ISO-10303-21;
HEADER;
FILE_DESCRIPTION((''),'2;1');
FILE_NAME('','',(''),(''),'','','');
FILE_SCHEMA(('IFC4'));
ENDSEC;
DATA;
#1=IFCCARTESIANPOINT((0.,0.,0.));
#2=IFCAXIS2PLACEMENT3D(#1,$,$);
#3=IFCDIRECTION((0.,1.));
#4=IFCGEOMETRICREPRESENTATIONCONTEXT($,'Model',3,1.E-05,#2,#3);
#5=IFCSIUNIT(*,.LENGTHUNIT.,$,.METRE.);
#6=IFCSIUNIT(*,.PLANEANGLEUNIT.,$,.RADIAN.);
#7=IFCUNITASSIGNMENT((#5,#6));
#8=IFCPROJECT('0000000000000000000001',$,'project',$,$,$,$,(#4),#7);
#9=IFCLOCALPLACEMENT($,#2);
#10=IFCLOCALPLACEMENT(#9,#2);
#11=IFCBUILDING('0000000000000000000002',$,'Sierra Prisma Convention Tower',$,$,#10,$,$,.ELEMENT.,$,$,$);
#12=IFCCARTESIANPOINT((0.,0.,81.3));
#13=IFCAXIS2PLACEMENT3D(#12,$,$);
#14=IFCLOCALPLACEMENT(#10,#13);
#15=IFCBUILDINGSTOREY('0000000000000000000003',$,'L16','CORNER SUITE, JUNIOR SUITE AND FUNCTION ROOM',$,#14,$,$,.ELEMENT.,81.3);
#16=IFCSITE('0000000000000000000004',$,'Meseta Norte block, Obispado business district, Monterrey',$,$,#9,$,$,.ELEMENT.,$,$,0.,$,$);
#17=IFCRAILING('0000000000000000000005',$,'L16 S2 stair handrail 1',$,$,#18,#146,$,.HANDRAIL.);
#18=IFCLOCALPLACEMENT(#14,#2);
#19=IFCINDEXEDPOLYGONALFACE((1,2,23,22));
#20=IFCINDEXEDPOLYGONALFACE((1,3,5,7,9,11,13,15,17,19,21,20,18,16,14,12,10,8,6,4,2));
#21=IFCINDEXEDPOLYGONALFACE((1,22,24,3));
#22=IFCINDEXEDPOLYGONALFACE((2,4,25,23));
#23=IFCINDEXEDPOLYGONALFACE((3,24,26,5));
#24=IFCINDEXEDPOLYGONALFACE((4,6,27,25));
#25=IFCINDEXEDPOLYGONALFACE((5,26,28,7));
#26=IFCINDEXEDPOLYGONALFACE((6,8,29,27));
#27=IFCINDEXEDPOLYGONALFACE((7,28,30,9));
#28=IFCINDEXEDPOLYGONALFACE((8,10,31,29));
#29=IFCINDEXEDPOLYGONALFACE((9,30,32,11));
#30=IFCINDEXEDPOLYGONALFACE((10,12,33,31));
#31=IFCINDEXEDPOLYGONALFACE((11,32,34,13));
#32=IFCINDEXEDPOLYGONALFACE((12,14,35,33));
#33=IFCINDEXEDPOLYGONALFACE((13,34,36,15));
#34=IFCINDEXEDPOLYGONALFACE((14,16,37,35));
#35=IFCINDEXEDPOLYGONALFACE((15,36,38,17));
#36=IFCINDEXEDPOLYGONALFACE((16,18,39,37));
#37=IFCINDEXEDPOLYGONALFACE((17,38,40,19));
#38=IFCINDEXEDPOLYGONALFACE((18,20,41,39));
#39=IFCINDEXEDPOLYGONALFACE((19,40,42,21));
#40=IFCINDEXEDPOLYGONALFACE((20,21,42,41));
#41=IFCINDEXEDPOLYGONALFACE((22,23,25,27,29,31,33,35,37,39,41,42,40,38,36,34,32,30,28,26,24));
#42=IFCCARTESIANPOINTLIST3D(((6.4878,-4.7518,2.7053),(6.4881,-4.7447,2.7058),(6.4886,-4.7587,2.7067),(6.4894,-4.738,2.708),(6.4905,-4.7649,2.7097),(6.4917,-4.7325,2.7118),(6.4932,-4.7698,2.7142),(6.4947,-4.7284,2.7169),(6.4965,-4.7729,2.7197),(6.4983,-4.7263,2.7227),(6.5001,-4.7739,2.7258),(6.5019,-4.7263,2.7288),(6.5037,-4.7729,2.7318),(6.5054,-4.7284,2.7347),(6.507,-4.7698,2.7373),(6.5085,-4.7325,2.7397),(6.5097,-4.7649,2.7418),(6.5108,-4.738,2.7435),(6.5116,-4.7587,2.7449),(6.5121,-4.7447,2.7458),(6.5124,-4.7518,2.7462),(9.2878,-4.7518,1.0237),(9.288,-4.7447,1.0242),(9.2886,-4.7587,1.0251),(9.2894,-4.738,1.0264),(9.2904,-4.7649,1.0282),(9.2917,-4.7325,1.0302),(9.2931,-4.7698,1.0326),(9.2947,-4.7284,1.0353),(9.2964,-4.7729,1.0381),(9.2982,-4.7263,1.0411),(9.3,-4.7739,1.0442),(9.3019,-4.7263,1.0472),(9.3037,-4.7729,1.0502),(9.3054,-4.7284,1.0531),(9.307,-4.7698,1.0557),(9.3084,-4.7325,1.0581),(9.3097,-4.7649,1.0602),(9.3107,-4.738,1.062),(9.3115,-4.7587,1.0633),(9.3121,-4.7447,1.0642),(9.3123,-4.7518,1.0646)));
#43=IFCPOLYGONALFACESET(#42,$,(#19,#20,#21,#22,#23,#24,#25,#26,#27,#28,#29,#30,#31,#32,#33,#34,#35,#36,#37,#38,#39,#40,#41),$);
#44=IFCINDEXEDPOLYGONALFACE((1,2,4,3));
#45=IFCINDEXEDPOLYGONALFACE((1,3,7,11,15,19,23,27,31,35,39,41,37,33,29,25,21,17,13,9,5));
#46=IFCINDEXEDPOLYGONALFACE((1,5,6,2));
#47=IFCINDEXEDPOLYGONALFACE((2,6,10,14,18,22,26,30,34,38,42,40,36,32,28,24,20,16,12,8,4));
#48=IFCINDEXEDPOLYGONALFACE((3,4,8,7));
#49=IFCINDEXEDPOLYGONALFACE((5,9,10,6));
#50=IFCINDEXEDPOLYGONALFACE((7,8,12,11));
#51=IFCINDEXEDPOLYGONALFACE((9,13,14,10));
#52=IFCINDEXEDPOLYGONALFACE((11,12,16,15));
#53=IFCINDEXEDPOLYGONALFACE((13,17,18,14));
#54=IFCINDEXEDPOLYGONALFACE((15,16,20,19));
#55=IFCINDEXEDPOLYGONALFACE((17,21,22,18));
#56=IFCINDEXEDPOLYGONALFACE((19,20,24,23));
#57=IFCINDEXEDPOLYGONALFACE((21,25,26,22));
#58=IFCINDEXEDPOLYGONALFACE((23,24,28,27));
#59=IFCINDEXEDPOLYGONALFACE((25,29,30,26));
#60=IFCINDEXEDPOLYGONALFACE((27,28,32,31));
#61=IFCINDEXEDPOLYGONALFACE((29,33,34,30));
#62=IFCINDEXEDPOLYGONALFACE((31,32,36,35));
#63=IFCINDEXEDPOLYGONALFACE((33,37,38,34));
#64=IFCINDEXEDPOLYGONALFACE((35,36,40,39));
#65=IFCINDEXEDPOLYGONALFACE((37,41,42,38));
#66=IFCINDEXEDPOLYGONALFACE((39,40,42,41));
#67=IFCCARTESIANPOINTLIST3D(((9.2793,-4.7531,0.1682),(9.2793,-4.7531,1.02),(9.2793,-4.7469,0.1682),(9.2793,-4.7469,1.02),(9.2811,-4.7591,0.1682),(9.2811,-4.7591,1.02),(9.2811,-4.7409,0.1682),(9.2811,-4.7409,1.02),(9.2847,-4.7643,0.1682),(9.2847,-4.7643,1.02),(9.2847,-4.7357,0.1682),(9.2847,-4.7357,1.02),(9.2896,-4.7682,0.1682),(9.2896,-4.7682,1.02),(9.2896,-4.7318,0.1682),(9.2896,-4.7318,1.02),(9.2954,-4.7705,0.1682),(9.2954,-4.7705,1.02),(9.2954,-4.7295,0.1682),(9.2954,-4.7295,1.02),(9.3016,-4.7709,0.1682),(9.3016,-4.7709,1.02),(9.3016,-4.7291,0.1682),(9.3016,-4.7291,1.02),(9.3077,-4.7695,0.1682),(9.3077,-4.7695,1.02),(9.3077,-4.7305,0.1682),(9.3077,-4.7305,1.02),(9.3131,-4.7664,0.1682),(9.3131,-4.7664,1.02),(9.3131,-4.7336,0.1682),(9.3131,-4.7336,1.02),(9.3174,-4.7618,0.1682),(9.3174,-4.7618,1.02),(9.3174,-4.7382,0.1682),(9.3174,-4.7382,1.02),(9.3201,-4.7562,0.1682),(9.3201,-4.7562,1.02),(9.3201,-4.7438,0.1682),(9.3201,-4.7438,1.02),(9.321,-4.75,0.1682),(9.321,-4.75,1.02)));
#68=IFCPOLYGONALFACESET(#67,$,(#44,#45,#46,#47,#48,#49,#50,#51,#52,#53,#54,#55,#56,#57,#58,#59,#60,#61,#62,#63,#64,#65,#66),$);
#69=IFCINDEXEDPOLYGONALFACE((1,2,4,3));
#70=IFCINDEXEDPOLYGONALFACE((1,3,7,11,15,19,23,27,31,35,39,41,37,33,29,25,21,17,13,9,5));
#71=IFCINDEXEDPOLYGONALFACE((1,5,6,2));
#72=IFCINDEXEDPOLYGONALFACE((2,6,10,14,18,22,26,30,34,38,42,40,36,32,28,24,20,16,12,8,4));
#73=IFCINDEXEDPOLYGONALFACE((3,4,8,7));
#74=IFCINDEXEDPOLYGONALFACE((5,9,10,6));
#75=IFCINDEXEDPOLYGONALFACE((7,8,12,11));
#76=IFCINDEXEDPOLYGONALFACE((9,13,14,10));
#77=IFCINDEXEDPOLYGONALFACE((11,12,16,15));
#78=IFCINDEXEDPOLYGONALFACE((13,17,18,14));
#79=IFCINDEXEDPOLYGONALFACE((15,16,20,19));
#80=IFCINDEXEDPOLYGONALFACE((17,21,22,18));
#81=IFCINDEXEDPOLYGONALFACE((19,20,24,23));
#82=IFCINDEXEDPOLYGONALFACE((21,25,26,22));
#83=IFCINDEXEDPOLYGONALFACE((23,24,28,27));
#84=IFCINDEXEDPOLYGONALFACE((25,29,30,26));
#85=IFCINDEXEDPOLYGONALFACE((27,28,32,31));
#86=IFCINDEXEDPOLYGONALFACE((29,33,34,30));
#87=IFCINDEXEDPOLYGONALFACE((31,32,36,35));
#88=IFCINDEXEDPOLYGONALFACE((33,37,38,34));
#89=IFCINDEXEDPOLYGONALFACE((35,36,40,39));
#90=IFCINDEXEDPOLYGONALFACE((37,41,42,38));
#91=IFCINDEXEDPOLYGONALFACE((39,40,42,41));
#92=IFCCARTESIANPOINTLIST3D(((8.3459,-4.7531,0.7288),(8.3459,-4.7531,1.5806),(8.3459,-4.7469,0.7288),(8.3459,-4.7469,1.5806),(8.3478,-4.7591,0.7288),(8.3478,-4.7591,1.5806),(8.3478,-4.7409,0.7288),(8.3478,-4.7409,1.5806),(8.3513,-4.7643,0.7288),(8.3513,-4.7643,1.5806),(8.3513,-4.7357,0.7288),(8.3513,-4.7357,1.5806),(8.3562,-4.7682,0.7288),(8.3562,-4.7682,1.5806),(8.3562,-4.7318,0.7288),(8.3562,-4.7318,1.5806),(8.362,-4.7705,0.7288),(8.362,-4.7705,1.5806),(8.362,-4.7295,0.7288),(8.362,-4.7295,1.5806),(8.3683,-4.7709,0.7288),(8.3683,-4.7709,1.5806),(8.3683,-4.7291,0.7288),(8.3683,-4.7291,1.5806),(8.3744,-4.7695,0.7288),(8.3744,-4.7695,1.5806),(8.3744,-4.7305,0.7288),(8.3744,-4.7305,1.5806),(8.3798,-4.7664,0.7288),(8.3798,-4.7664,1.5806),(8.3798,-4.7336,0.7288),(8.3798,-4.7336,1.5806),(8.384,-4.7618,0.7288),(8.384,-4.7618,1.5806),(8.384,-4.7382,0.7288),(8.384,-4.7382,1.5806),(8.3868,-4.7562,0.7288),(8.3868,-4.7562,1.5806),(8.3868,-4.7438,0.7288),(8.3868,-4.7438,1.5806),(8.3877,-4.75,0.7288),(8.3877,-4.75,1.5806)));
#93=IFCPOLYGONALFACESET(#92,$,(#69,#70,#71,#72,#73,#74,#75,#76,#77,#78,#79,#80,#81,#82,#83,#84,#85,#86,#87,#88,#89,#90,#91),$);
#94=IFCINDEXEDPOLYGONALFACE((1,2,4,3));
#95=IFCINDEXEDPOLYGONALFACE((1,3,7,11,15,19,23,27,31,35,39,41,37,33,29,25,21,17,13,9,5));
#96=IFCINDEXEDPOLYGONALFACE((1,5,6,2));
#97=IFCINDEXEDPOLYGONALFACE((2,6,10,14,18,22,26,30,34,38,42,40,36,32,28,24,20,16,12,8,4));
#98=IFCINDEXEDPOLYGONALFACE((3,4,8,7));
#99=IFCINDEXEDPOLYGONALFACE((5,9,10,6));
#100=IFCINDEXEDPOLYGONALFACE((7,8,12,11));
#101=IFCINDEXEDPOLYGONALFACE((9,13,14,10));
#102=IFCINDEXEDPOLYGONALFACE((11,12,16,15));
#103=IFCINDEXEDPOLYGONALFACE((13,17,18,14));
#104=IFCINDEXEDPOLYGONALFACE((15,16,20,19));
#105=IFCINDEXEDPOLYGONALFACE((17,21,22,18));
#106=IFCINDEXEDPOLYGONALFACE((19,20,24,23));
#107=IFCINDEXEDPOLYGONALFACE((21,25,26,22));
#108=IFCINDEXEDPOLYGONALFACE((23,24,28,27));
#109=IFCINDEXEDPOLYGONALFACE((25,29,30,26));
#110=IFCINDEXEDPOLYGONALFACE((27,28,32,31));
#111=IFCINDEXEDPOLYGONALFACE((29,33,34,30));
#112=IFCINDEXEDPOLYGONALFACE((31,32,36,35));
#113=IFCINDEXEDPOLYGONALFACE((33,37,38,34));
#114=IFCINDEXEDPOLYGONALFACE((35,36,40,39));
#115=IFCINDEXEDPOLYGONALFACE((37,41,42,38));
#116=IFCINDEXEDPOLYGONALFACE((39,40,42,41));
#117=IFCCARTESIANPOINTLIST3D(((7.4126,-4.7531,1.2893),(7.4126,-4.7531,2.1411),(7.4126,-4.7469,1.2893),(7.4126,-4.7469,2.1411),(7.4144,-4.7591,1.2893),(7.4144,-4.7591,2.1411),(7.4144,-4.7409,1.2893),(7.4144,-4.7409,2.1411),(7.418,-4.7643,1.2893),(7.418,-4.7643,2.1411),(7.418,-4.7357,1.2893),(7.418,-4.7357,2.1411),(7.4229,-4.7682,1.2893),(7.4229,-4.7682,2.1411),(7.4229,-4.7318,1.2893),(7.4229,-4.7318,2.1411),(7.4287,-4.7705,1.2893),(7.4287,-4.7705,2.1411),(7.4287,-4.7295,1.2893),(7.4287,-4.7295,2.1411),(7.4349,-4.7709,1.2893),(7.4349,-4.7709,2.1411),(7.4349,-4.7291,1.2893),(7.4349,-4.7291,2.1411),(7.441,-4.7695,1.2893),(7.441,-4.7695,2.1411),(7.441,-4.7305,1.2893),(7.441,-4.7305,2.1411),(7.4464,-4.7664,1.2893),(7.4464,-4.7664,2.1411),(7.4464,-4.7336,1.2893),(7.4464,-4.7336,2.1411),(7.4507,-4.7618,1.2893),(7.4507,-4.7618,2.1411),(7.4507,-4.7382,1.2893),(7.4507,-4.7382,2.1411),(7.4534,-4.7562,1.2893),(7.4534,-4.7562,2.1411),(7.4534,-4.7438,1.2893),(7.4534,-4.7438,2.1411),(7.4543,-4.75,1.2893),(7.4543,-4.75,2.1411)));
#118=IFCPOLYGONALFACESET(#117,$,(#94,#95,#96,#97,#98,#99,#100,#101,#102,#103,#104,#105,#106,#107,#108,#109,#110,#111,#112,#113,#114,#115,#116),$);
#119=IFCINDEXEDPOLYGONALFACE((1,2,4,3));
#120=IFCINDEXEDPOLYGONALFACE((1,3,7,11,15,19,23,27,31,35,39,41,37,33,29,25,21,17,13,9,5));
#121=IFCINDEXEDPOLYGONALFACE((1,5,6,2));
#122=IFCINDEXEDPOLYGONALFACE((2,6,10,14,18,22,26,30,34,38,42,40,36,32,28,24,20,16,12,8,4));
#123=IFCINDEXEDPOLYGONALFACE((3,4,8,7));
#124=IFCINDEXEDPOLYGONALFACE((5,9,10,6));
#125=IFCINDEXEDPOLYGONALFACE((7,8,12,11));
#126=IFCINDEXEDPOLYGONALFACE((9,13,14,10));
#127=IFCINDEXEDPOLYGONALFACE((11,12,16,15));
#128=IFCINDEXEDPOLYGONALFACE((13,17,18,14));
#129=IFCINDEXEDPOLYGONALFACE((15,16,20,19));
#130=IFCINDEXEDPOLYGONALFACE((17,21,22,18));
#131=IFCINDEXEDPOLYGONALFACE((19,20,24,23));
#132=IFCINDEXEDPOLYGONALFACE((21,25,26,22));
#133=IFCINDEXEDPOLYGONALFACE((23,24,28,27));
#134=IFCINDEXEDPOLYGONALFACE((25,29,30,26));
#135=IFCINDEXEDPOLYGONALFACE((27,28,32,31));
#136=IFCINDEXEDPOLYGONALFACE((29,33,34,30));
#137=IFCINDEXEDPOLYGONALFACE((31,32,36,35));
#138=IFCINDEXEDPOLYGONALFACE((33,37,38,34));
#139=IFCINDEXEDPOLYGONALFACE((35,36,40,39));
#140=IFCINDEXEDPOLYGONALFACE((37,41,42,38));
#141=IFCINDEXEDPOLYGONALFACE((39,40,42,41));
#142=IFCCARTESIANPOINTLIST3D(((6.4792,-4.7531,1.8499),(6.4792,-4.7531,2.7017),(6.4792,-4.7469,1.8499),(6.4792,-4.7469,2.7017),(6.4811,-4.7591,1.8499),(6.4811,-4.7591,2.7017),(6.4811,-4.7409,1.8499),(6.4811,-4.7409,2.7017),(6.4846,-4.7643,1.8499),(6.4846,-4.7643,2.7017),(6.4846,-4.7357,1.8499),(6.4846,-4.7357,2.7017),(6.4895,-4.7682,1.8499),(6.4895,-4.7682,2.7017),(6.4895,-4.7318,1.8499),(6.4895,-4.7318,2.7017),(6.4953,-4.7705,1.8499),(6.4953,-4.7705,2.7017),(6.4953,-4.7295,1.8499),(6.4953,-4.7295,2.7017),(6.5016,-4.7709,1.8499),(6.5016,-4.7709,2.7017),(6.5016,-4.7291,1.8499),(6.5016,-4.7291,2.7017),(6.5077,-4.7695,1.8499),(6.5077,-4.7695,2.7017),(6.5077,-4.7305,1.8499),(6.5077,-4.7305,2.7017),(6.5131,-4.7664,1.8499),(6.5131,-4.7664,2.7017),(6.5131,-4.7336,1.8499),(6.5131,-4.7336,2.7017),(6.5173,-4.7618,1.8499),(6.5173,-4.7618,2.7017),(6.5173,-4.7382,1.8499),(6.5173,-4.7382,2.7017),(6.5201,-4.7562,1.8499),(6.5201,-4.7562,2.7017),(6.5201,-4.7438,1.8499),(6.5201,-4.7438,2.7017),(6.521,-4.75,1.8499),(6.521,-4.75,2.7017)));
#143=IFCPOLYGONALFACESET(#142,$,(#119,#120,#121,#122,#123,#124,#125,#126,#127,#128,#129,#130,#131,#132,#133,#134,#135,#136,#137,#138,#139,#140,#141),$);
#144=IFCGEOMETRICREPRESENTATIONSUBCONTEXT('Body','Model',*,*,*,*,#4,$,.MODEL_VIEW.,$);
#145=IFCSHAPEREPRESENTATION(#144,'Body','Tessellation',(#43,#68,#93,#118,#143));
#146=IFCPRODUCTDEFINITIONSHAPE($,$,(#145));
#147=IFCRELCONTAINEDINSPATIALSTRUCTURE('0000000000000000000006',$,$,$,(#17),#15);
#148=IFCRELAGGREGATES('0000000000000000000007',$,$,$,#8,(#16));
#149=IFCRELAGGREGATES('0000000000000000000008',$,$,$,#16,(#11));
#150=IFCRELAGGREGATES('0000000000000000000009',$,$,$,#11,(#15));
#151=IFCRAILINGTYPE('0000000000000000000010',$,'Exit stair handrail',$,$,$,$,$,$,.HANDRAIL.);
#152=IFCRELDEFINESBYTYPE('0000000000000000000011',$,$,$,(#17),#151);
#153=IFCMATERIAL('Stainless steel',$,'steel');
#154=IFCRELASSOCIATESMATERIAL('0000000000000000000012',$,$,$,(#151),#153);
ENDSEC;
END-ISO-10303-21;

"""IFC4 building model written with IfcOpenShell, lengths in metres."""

from ifc_helpers import new_model, si_unit, direction, frame, origin, origin_2d, place, context, subcontext, project, spatial, circle, extrude, material, type_object, element, save


model = new_model("IFC4")

# Units and contexts
model_context = context("Model", 3, precision=1e-05, world=origin(), true_north=direction((0.0, 1.0)))
body_context = subcontext(model_context, "Body", "Model", "MODEL_VIEW")
ifc_project = project(units=[si_unit("LENGTHUNIT", "METRE"), si_unit("PLANEANGLEUNIT", "RADIAN")], contexts=[model_context])

# Site, building, storey
site_placement = place(None, origin())
site = spatial("IfcSite", under=ifc_project, at=site_placement, Name="Meseta Norte block, Obispado business district, Monterrey", CompositionType="ELEMENT", RefElevation=0.0)
building_placement = place(site_placement, origin())
building = spatial("IfcBuilding", under=site, at=building_placement, Name="Sierra Prisma Convention Tower", CompositionType="ELEMENT")
storey_placement = place(building_placement, frame((0.0, 0.0, 81.3)))
storey = spatial("IfcBuildingStorey", under=building, at=storey_placement, Name="L16", Description="CORNER SUITE, JUNIOR SUITE AND FUNCTION ROOM", CompositionType="ELEMENT", Elevation=81.3)

# Railing
ifc_material_1 = material(Name="Stainless steel", Category="steel")
railing_type_1 = type_object("IfcRailingType", Name="Exit stair handrail", PredefinedType="HANDRAIL", material=ifc_material_1)
railing_1_placement = place(storey_placement, frame((9.3, -4.75, 0.1682)))
element("IfcRailing", 1, at=railing_1_placement, inside=storey, type_object=railing_type_1, Name="L16 S2 stair handrail 1", PredefinedType="HANDRAIL", context=body_context, shape_type="SweptSolid", body=[
    extrude(circle(Radius=0.0239, at=origin_2d()), frame((0.0, 0.0, 0.876), z_axis=(-0.857275, 0.0, 0.514858), x_axis=(0.0, -1.0, 0.0)), (0.0, 0.0, 1.0), 3.2661),
    extrude(circle(Radius=0.021, at=origin_2d()), origin(), (0.0, 0.0, 1.0), 0.8518),
    extrude(circle(Radius=0.021, at=origin_2d()), frame((-0.9333, 0.0, 0.5605)), (0.0, 0.0, 1.0), 0.8518),
    extrude(circle(Radius=0.021, at=origin_2d()), frame((-1.8667, 0.0, 1.1211)), (0.0, 0.0, 1.0), 0.8518),
    extrude(circle(Radius=0.021, at=origin_2d()), frame((-2.8, 0.0, 1.6816)), (0.0, 0.0, 1.0), 0.8518),
])

save(model, "model.ifc")
